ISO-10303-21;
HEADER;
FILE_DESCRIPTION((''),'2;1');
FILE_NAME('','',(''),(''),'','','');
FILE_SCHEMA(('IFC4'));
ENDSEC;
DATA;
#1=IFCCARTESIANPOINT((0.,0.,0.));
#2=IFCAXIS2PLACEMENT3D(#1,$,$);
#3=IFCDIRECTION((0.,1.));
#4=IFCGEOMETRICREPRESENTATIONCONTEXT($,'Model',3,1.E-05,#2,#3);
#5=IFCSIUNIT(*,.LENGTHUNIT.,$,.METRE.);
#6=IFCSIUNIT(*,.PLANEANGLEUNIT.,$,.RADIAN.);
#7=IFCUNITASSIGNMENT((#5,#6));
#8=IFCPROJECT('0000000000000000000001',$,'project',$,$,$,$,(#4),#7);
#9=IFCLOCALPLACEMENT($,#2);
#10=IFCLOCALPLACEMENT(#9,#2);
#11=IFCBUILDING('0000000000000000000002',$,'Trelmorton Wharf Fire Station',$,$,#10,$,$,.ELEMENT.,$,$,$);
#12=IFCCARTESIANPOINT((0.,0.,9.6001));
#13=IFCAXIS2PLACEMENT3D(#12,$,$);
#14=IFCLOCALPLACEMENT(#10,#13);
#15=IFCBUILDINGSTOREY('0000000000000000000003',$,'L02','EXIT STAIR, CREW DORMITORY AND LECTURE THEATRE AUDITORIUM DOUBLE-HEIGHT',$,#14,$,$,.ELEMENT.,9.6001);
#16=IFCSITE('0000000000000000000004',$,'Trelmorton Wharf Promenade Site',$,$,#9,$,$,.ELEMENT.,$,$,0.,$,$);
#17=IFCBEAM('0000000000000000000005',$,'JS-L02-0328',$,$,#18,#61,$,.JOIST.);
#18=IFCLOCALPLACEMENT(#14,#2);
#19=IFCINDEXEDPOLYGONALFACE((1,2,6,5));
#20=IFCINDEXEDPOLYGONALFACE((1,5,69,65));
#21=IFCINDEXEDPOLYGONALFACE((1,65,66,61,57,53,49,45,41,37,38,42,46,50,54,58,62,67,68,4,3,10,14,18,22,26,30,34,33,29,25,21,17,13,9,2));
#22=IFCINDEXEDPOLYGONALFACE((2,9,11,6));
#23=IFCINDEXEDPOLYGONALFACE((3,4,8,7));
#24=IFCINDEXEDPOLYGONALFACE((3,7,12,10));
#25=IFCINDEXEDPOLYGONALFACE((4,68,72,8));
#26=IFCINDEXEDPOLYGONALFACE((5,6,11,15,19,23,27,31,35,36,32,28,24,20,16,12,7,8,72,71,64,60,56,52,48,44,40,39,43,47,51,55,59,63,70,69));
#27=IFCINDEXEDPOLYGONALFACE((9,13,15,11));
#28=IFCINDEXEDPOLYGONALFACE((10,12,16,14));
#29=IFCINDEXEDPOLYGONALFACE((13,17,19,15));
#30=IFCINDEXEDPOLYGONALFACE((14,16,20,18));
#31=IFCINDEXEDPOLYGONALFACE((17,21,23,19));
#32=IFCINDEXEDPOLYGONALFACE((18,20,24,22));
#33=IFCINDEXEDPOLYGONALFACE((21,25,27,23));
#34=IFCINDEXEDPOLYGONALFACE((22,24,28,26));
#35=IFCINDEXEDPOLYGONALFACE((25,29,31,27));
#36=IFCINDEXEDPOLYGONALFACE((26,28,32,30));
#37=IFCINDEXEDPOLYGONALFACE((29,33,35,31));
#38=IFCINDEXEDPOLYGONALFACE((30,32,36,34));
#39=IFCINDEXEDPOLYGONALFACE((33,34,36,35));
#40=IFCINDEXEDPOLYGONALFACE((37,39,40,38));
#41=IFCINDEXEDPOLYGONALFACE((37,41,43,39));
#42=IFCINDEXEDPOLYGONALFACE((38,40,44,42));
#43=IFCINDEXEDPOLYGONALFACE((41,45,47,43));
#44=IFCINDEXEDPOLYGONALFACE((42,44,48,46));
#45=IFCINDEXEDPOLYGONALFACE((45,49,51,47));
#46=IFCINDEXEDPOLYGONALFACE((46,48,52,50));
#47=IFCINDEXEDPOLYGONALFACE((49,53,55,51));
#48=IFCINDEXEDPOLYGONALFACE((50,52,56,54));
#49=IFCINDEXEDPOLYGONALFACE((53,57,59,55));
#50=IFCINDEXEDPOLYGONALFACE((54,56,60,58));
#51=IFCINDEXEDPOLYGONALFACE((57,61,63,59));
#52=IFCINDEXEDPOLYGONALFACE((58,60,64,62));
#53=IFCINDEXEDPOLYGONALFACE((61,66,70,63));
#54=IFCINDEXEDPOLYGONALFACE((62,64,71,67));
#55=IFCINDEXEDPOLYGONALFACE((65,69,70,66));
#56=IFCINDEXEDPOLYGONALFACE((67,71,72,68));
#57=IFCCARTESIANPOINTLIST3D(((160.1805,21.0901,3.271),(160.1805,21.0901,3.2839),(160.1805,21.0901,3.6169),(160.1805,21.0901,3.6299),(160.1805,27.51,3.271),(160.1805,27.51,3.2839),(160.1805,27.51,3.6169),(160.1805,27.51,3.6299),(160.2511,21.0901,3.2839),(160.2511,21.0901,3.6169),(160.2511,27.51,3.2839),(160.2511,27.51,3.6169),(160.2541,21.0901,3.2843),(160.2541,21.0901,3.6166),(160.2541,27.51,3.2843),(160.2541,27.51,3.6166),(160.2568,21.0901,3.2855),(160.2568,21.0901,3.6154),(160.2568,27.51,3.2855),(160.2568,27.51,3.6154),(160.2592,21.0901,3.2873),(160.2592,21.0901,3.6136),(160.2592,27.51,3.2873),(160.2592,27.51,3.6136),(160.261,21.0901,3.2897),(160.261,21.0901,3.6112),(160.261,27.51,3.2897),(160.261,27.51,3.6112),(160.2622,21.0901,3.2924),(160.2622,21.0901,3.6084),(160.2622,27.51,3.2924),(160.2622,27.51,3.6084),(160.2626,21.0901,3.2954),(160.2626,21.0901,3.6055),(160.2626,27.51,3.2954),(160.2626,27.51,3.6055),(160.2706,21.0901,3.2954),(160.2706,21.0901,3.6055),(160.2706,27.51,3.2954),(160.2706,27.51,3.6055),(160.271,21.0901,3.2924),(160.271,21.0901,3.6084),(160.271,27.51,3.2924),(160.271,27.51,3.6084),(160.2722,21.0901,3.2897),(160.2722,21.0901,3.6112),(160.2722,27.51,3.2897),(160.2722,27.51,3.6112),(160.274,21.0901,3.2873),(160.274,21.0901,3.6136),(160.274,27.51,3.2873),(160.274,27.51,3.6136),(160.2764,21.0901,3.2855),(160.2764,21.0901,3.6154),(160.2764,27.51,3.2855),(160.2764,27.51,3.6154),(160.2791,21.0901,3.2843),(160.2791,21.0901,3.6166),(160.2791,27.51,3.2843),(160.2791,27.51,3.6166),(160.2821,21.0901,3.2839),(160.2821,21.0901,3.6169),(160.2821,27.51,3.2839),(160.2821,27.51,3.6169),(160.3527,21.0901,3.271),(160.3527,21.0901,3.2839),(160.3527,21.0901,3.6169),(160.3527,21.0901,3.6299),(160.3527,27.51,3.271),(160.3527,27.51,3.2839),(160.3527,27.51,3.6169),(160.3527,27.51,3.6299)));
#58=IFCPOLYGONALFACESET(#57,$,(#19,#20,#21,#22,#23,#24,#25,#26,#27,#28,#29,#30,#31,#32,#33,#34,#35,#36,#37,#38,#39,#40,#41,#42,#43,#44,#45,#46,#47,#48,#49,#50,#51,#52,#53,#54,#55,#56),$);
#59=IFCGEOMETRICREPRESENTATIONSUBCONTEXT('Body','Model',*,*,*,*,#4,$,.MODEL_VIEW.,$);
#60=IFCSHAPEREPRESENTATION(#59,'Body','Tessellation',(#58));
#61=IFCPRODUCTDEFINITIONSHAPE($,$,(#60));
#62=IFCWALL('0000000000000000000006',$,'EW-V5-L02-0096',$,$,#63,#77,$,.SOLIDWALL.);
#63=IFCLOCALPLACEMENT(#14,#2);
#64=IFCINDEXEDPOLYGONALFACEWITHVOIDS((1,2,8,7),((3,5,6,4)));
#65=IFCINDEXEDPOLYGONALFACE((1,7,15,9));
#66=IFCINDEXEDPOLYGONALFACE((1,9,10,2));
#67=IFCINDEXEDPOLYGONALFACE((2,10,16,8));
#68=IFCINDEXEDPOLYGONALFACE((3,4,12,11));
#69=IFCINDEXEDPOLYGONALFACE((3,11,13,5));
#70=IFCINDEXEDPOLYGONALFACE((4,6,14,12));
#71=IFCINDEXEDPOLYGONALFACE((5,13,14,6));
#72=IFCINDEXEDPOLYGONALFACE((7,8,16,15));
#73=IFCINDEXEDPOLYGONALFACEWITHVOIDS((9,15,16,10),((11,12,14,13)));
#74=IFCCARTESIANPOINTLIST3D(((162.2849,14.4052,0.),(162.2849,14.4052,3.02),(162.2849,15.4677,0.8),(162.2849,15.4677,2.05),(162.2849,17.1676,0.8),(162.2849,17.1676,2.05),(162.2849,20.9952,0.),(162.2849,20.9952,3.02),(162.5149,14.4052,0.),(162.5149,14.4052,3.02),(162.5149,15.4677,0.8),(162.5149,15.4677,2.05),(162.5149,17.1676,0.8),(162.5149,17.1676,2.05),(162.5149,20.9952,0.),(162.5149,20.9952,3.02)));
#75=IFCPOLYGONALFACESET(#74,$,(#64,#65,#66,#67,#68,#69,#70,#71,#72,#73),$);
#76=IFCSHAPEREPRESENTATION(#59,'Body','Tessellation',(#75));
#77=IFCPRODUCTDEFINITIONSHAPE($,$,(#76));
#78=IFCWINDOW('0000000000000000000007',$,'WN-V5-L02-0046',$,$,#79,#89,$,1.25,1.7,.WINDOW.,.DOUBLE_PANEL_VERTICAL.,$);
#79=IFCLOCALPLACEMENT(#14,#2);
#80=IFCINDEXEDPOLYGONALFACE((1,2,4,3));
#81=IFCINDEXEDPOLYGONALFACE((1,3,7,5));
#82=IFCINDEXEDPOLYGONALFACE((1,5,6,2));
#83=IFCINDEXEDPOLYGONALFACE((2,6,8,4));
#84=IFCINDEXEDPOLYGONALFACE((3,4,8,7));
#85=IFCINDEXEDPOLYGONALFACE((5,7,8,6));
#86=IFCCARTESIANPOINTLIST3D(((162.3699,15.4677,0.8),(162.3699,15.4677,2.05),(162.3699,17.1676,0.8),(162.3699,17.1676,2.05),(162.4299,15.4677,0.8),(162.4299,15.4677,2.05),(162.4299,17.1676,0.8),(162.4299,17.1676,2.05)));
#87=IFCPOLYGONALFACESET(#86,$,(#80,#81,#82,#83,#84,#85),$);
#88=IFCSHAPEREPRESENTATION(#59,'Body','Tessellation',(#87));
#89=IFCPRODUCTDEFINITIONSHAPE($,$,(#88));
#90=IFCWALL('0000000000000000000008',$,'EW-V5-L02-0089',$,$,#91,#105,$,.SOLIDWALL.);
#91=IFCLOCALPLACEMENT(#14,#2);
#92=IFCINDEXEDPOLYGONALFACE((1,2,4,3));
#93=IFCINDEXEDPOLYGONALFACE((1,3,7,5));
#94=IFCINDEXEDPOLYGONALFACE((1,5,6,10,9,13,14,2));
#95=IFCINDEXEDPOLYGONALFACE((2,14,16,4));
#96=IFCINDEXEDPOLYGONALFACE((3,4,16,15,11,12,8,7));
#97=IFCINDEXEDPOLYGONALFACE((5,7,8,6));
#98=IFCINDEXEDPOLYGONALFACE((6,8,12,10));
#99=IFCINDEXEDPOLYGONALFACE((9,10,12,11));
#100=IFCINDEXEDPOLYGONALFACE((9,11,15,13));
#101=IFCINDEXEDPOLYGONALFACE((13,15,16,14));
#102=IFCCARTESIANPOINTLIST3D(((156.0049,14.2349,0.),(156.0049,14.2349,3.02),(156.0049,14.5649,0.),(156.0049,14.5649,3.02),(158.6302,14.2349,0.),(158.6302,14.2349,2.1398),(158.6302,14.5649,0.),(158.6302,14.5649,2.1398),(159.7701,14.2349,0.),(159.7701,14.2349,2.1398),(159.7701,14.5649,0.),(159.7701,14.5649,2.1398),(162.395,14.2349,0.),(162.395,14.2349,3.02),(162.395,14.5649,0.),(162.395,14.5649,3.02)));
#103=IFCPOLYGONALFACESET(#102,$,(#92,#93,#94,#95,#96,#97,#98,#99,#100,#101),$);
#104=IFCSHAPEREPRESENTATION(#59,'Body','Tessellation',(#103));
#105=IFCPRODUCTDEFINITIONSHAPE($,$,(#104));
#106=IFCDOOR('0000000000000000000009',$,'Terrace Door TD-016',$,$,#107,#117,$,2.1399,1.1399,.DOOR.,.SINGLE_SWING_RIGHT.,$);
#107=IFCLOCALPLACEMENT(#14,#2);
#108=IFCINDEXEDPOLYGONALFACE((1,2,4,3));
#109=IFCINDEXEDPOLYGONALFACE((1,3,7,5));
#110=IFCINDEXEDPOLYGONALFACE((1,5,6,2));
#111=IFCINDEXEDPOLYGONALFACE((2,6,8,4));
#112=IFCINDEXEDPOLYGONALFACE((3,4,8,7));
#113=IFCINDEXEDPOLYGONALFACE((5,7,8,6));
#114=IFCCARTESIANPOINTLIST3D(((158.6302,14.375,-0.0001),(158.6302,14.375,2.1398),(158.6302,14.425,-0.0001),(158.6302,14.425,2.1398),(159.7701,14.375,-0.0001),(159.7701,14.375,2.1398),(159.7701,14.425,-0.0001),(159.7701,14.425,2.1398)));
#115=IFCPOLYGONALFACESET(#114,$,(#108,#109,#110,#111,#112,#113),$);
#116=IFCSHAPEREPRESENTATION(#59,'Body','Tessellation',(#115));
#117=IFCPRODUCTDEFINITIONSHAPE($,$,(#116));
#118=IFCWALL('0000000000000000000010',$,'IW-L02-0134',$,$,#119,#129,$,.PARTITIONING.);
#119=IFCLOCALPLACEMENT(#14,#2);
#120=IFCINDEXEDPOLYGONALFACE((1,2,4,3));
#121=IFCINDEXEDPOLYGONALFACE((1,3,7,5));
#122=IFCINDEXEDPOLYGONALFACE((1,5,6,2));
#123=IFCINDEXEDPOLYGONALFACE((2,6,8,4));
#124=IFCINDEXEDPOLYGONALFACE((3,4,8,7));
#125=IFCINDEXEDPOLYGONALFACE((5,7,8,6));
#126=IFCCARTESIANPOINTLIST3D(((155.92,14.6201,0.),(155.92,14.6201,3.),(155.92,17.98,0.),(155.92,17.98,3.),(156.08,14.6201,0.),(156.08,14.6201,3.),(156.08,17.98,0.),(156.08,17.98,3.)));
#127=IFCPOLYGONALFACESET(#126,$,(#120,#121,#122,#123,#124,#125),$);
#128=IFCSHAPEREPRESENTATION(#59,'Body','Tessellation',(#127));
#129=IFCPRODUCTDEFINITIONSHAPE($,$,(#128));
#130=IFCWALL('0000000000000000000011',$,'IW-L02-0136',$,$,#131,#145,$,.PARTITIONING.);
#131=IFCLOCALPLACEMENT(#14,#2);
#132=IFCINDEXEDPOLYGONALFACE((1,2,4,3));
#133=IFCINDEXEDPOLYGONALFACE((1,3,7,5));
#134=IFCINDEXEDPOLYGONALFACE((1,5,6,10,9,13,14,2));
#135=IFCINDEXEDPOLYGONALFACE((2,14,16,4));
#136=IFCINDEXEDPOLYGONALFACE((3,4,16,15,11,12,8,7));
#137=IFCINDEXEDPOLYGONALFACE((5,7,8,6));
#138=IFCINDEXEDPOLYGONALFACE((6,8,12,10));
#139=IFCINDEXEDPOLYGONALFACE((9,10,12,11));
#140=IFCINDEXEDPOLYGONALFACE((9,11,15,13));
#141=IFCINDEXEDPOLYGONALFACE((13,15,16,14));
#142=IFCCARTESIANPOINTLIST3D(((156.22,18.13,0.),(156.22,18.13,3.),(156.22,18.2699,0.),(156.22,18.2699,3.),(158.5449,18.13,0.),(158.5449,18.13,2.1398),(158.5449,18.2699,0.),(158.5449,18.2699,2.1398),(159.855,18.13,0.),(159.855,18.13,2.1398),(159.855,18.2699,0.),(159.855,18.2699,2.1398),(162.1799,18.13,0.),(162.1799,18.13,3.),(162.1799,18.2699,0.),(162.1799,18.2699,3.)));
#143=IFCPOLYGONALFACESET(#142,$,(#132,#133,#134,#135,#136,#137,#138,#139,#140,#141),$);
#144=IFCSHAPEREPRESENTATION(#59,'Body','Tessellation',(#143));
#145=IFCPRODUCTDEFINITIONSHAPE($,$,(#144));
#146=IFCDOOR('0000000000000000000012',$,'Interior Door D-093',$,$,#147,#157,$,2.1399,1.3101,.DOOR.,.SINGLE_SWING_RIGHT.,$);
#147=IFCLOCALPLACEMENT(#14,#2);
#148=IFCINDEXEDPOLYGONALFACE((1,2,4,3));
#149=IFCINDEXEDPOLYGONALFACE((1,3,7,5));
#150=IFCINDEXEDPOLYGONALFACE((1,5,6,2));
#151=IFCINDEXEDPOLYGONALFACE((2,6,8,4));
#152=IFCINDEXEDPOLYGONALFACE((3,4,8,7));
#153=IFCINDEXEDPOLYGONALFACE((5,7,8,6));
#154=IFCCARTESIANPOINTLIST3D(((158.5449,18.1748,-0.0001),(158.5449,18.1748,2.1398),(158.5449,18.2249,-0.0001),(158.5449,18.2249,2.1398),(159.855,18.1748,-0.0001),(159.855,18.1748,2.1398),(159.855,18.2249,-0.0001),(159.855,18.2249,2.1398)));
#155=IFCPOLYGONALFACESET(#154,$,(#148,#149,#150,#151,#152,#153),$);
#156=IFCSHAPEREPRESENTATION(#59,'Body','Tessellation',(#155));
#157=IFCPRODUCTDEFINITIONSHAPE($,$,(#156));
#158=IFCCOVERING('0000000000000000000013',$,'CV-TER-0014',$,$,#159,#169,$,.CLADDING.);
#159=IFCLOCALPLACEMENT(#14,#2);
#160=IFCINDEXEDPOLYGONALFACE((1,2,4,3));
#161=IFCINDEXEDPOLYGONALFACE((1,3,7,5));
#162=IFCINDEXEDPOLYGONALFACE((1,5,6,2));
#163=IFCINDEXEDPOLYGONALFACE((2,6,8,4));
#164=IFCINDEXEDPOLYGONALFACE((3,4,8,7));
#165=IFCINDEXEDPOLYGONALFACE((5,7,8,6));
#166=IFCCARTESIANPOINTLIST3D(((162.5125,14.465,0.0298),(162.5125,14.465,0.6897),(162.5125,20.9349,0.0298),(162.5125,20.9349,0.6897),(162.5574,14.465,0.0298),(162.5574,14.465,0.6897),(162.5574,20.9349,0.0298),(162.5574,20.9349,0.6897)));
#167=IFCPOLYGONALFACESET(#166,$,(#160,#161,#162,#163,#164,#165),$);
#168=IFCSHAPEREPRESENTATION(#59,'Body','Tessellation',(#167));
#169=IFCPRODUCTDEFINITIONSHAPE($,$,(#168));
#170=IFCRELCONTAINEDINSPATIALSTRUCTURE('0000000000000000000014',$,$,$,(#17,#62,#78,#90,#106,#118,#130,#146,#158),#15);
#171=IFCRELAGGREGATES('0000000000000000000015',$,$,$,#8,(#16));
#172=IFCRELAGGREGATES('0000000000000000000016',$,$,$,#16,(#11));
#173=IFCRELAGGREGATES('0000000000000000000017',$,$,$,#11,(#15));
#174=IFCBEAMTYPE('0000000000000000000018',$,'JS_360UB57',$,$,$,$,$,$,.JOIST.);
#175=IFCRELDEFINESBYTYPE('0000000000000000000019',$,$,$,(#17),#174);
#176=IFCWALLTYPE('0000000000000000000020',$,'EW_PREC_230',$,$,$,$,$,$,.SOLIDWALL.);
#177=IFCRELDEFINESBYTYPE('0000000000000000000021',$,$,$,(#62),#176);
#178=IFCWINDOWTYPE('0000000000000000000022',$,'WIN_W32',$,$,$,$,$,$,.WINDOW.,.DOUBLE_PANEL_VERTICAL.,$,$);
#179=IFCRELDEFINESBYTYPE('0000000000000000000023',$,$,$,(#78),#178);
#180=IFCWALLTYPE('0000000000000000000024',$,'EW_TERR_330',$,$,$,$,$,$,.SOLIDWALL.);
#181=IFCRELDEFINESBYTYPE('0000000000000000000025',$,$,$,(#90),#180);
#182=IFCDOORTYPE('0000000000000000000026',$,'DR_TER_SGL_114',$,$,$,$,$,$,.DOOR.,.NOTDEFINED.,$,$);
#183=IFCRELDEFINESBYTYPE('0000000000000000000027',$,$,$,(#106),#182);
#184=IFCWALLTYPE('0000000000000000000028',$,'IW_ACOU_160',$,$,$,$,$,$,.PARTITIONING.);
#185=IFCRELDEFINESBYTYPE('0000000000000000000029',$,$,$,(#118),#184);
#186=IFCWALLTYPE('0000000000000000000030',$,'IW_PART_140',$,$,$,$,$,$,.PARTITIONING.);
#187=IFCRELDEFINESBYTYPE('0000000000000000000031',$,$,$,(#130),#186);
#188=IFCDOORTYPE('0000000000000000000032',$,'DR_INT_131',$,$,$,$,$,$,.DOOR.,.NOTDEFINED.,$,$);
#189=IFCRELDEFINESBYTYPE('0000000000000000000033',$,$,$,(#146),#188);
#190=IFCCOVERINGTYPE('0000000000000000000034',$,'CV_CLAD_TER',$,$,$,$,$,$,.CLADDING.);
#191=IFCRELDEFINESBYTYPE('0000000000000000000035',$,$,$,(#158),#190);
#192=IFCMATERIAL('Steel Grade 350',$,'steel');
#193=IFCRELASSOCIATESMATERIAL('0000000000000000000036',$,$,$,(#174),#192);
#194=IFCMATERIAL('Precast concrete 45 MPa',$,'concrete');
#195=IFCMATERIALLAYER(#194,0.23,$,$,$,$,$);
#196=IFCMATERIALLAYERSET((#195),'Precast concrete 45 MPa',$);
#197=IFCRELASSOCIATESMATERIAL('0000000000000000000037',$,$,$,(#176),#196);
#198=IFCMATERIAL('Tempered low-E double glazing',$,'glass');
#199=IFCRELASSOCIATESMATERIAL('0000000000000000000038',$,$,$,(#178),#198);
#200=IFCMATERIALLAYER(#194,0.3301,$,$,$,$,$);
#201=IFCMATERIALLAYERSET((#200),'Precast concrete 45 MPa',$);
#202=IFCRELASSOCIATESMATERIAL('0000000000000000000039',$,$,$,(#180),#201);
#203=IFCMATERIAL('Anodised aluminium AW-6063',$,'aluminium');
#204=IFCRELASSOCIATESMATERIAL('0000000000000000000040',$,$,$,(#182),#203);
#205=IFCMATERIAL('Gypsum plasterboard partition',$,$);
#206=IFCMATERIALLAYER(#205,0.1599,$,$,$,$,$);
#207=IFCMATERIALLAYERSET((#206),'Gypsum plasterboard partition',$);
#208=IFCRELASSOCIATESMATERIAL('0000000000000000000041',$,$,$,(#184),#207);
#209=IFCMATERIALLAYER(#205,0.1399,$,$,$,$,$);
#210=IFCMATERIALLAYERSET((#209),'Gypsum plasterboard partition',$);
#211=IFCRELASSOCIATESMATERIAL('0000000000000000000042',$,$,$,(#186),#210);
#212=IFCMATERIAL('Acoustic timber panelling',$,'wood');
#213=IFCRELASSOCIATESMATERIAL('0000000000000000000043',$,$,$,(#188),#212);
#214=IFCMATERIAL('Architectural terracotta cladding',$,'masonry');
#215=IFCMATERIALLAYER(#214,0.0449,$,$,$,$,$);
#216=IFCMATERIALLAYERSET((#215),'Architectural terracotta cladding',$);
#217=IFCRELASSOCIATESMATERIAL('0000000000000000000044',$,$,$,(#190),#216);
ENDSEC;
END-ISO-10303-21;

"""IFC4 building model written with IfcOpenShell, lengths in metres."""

from ifc_helpers import new_model, si_unit, direction, frame, frame_2d, origin, origin_2d, place, context, subcontext, project, spatial, rectangle, i_section, extrude, material, layer, layer_set, material_profile, profile_set, type_object, element, fill, save


model = new_model("IFC4")

# Units and contexts
model_context = context("Model", 3, precision=1e-05, world=origin(), true_north=direction((0.0, 1.0)))
body_context = subcontext(model_context, "Body", "Model", "MODEL_VIEW")
ifc_project = project(units=[si_unit("LENGTHUNIT", "METRE"), si_unit("PLANEANGLEUNIT", "RADIAN")], contexts=[model_context])

# Site, building, storey
site_placement = place(None, origin())
site = spatial("IfcSite", under=ifc_project, at=site_placement, Name="Trelmorton Wharf Promenade Site", CompositionType="ELEMENT", RefElevation=0.0)
building_placement = place(site_placement, origin())
building = spatial("IfcBuilding", under=site, at=building_placement, Name="Trelmorton Wharf Fire Station", CompositionType="ELEMENT")
storey_placement = place(building_placement, frame((0.0, 0.0, 9.6001)))
storey = spatial("IfcBuildingStorey", under=building, at=storey_placement, Name="L02", Description="EXIT STAIR, CREW DORMITORY AND LECTURE THEATRE AUDITORIUM DOUBLE-HEIGHT", CompositionType="ELEMENT", Elevation=9.6001)

# Shared definitions
ifc_material_1 = material(Name="Steel Grade 350", Category="steel")

# Beam
ifc_material_profile_1 = material_profile(ifc_material_1, i_section(OverallWidth=0.1721, OverallDepth=0.3589, WebThickness=0.0081, FlangeThickness=0.0129, FilletRadius=0.0115, at=origin_2d()), Name="360UB56.7")
ifc_profile_set_1 = profile_set([ifc_material_profile_1], Name="Steel Grade 350")
beam_type_1 = type_object("IfcBeamType", Name="JS_360UB57", PredefinedType="JOIST", material=ifc_profile_set_1)
for number, where, z_axis, x_axis, name in (
    (1, (160.2666, 21.0901, 3.4504), (0.0, 1.0, 0.0), (-1.0, 0.0, 0.0), "JS-L02-0328"),
):
    element("IfcBeam", number, at=place(storey_placement, frame(where, z_axis=z_axis, x_axis=x_axis)), inside=storey, type_object=beam_type_1, Name=name, PredefinedType="JOIST", context=body_context, shape_type="SweptSolid", body=[
        extrude(i_section(OverallWidth=0.1721, OverallDepth=0.3589, WebThickness=0.0081, FlangeThickness=0.0129, FilletRadius=0.0115, at=origin_2d()), origin(), (0.0, 0.0, 1.0), 6.4199),
    ])

# Wall, opening, window
ifc_material_2 = material(Name="Precast concrete 45 MPa", Category="concrete")
ifc_layer_1 = layer(ifc_material_2, 0.23)
ifc_layer_set_1 = layer_set([ifc_layer_1], Name="Precast concrete 45 MPa")
wall_type_1 = type_object("IfcWallType", Name="EW_PREC_230", PredefinedType="SOLIDWALL", material=ifc_layer_set_1)
wall_1_placement = place(storey_placement, frame((162.3999, 20.9951, 0.0), z_axis=(0.0, 0.0, 1.0), x_axis=(0.0, -1.0, 0.0)))
wall_1 = element("IfcWall", 2, at=wall_1_placement, inside=storey, type_object=wall_type_1, Name="EW-V5-L02-0096", PredefinedType="SOLIDWALL", context=body_context, shape_type="SweptSolid", body=[
    extrude(rectangle(XDim=6.5901, YDim=0.23, at=frame_2d((3.2949, 0.0))), origin(), (0.0, 0.0, 1.0), 3.02),
])
opening_1_placement = place(wall_1_placement, frame((3.8274, 0.0, 0.8)))
opening_1 = element("IfcOpeningElement", 3, at=opening_1_placement, cuts=wall_1, PredefinedType="OPENING", context=body_context, shape_type="SweptSolid", body=[
    extrude(rectangle(XDim=1.7, YDim=1.25, at=frame_2d((0.8501, 0.625))), frame((0.0, 0.125, 0.0), z_axis=(0.0, -1.0, 0.0), x_axis=(1.0, 0.0, 0.0)), (0.0, 0.0, 1.0), 0.25),
])
ifc_material_3 = material(Name="Tempered low-E double glazing", Category="glass")
window_type = type_object("IfcWindowType", Name="WIN_W32", PartitioningType="DOUBLE_PANEL_VERTICAL", PredefinedType="WINDOW", material=ifc_material_3)
window_placement = place(opening_1_placement, origin())
window = element("IfcWindow", 4, at=window_placement, inside=storey, type_object=window_type, Name="WN-V5-L02-0046", OverallHeight=1.25, OverallWidth=1.7, PartitioningType="DOUBLE_PANEL_VERTICAL", PredefinedType="WINDOW", context=body_context, shape_type="SweptSolid", body=[
    extrude(rectangle(XDim=1.7, YDim=1.25, at=frame_2d((0.8501, 0.625))), frame((0.0, 0.03, 0.0), z_axis=(0.0, -1.0, 0.0), x_axis=(1.0, 0.0, 0.0)), (0.0, 0.0, 1.0), 0.0601),
])
fill(opening_1, window)

# Wall, opening, door
ifc_layer_2 = layer(ifc_material_2, 0.3301)
ifc_layer_set_2 = layer_set([ifc_layer_2], Name="Precast concrete 45 MPa")
wall_type_2 = type_object("IfcWallType", Name="EW_TERR_330", PredefinedType="SOLIDWALL", material=ifc_layer_set_2)
wall_2_placement = place(storey_placement, frame((162.395, 14.3999, 0.0), z_axis=(0.0, 0.0, 1.0), x_axis=(-1.0, 0.0, 0.0)))
wall_2 = element("IfcWall", 5, at=wall_2_placement, inside=storey, type_object=wall_type_2, Name="EW-V5-L02-0089", PredefinedType="SOLIDWALL", context=body_context, shape_type="SweptSolid", body=[
    extrude(rectangle(XDim=6.3901, YDim=0.3301, at=frame_2d((3.1951, 0.0))), origin(), (0.0, 0.0, 1.0), 3.02),
])
opening_2_placement = place(wall_2_placement, frame((2.625, 0.0, 0.0)))
opening_2 = element("IfcOpeningElement", 6, at=opening_2_placement, cuts=wall_2, PredefinedType="OPENING", context=body_context, shape_type="SweptSolid", body=[
    extrude(rectangle(XDim=1.1399, YDim=2.1399, at=frame_2d((0.5698, 1.0698))), frame((0.0, 0.175, 0.0), z_axis=(0.0, -1.0, 0.0), x_axis=(1.0, 0.0, 0.0)), (0.0, 0.0, 1.0), 0.3501),
])
ifc_material_4 = material(Name="Anodised aluminium AW-6063", Category="aluminium")
door_type_1 = type_object("IfcDoorType", Name="DR_TER_SGL_114", OperationType="NOTDEFINED", PredefinedType="DOOR", material=ifc_material_4)
door_1_placement = place(opening_2_placement, origin())
door_1 = element("IfcDoor", 7, at=door_1_placement, inside=storey, type_object=door_type_1, Name="Terrace Door TD-016", OperationType="SINGLE_SWING_RIGHT", OverallHeight=2.1399, OverallWidth=1.1399, PredefinedType="DOOR", context=body_context, shape_type="SweptSolid", body=[
    extrude(rectangle(XDim=1.1399, YDim=2.1399, at=frame_2d((0.5698, 1.0698))), frame((0.0, 0.0249, 0.0), z_axis=(0.0, -1.0, 0.0), x_axis=(1.0, 0.0, 0.0)), (0.0, 0.0, 1.0), 0.05),
])
fill(opening_2, door_1)

# Wall
ifc_material_5 = material(Name="Gypsum plasterboard partition")
ifc_layer_3 = layer(ifc_material_5, 0.1599)
ifc_layer_set_3 = layer_set([ifc_layer_3], Name="Gypsum plasterboard partition")
wall_type_3 = type_object("IfcWallType", Name="IW_ACOU_160", PredefinedType="PARTITIONING", material=ifc_layer_set_3)
wall_3_placement = place(storey_placement, frame((156.0, 14.6201, 0.0), z_axis=(0.0, 0.0, 1.0), x_axis=(0.0, 1.0, 0.0)))
element("IfcWall", 8, at=wall_3_placement, inside=storey, type_object=wall_type_3, Name="IW-L02-0134", PredefinedType="PARTITIONING", context=body_context, shape_type="SweptSolid", body=[
    extrude(rectangle(XDim=3.3599, YDim=0.1599, at=frame_2d((1.6799, 0.0))), origin(), (0.0, 0.0, 1.0), 3.0),
])

# Wall, opening, door
ifc_layer_4 = layer(ifc_material_5, 0.1399)
ifc_layer_set_4 = layer_set([ifc_layer_4], Name="Gypsum plasterboard partition")
wall_type_4 = type_object("IfcWallType", Name="IW_PART_140", PredefinedType="PARTITIONING", material=ifc_layer_set_4)
wall_4_placement = place(storey_placement, frame((156.22, 18.2, 0.0), z_axis=(0.0, 0.0, 1.0), x_axis=(1.0, 0.0, 0.0)))
wall_4 = element("IfcWall", 9, at=wall_4_placement, inside=storey, type_object=wall_type_4, Name="IW-L02-0136", PredefinedType="PARTITIONING", context=body_context, shape_type="SweptSolid", body=[
    extrude(rectangle(XDim=5.96, YDim=0.1399, at=frame_2d((2.98, 0.0))), origin(), (0.0, 0.0, 1.0), 3.0),
])
opening_3_placement = place(wall_4_placement, frame((2.325, 0.0, 0.0)))
opening_3 = element("IfcOpeningElement", 10, at=opening_3_placement, cuts=wall_4, PredefinedType="OPENING", context=body_context, shape_type="SweptSolid", body=[
    extrude(rectangle(XDim=1.3101, YDim=2.1399, at=frame_2d((0.655, 1.0698))), frame((0.0, 0.0801, 0.0), z_axis=(0.0, -1.0, 0.0), x_axis=(1.0, 0.0, 0.0)), (0.0, 0.0, 1.0), 0.1599),
])
ifc_material_6 = material(Name="Acoustic timber panelling", Category="wood")
door_type_2 = type_object("IfcDoorType", Name="DR_INT_131", OperationType="NOTDEFINED", PredefinedType="DOOR", material=ifc_material_6)
door_2_placement = place(opening_3_placement, origin())
door_2 = element("IfcDoor", 11, at=door_2_placement, inside=storey, type_object=door_type_2, Name="Interior Door D-093", OperationType="SINGLE_SWING_RIGHT", OverallHeight=2.1399, OverallWidth=1.3101, PredefinedType="DOOR", context=body_context, shape_type="SweptSolid", body=[
    extrude(rectangle(XDim=1.3101, YDim=2.1399, at=frame_2d((0.655, 1.0698))), frame((0.0, 0.0249, 0.0), z_axis=(0.0, -1.0, 0.0), x_axis=(1.0, 0.0, 0.0)), (0.0, 0.0, 1.0), 0.05),
])
fill(opening_3, door_2)

# Covering
ifc_material_7 = material(Name="Architectural terracotta cladding", Category="masonry")
ifc_layer_5 = layer(ifc_material_7, 0.0449)
ifc_layer_set_5 = layer_set([ifc_layer_5], Name="Architectural terracotta cladding")
covering_type = type_object("IfcCoveringType", Name="CV_CLAD_TER", PredefinedType="CLADDING", material=ifc_layer_set_5)
covering_placement = place(storey_placement, frame((162.5349, 17.7, 0.0298), z_axis=(0.0, 0.0, 1.0), x_axis=(0.0, -1.0, 0.0)))
element("IfcCovering", 12, at=covering_placement, inside=storey, type_object=covering_type, Name="CV-TER-0014", PredefinedType="CLADDING", context=body_context, shape_type="SweptSolid", body=[
    extrude(rectangle(XDim=6.47, YDim=0.0449, at=origin_2d()), origin(), (0.0, 0.0, 1.0), 0.6599),
])

save(model, "model.ifc")
